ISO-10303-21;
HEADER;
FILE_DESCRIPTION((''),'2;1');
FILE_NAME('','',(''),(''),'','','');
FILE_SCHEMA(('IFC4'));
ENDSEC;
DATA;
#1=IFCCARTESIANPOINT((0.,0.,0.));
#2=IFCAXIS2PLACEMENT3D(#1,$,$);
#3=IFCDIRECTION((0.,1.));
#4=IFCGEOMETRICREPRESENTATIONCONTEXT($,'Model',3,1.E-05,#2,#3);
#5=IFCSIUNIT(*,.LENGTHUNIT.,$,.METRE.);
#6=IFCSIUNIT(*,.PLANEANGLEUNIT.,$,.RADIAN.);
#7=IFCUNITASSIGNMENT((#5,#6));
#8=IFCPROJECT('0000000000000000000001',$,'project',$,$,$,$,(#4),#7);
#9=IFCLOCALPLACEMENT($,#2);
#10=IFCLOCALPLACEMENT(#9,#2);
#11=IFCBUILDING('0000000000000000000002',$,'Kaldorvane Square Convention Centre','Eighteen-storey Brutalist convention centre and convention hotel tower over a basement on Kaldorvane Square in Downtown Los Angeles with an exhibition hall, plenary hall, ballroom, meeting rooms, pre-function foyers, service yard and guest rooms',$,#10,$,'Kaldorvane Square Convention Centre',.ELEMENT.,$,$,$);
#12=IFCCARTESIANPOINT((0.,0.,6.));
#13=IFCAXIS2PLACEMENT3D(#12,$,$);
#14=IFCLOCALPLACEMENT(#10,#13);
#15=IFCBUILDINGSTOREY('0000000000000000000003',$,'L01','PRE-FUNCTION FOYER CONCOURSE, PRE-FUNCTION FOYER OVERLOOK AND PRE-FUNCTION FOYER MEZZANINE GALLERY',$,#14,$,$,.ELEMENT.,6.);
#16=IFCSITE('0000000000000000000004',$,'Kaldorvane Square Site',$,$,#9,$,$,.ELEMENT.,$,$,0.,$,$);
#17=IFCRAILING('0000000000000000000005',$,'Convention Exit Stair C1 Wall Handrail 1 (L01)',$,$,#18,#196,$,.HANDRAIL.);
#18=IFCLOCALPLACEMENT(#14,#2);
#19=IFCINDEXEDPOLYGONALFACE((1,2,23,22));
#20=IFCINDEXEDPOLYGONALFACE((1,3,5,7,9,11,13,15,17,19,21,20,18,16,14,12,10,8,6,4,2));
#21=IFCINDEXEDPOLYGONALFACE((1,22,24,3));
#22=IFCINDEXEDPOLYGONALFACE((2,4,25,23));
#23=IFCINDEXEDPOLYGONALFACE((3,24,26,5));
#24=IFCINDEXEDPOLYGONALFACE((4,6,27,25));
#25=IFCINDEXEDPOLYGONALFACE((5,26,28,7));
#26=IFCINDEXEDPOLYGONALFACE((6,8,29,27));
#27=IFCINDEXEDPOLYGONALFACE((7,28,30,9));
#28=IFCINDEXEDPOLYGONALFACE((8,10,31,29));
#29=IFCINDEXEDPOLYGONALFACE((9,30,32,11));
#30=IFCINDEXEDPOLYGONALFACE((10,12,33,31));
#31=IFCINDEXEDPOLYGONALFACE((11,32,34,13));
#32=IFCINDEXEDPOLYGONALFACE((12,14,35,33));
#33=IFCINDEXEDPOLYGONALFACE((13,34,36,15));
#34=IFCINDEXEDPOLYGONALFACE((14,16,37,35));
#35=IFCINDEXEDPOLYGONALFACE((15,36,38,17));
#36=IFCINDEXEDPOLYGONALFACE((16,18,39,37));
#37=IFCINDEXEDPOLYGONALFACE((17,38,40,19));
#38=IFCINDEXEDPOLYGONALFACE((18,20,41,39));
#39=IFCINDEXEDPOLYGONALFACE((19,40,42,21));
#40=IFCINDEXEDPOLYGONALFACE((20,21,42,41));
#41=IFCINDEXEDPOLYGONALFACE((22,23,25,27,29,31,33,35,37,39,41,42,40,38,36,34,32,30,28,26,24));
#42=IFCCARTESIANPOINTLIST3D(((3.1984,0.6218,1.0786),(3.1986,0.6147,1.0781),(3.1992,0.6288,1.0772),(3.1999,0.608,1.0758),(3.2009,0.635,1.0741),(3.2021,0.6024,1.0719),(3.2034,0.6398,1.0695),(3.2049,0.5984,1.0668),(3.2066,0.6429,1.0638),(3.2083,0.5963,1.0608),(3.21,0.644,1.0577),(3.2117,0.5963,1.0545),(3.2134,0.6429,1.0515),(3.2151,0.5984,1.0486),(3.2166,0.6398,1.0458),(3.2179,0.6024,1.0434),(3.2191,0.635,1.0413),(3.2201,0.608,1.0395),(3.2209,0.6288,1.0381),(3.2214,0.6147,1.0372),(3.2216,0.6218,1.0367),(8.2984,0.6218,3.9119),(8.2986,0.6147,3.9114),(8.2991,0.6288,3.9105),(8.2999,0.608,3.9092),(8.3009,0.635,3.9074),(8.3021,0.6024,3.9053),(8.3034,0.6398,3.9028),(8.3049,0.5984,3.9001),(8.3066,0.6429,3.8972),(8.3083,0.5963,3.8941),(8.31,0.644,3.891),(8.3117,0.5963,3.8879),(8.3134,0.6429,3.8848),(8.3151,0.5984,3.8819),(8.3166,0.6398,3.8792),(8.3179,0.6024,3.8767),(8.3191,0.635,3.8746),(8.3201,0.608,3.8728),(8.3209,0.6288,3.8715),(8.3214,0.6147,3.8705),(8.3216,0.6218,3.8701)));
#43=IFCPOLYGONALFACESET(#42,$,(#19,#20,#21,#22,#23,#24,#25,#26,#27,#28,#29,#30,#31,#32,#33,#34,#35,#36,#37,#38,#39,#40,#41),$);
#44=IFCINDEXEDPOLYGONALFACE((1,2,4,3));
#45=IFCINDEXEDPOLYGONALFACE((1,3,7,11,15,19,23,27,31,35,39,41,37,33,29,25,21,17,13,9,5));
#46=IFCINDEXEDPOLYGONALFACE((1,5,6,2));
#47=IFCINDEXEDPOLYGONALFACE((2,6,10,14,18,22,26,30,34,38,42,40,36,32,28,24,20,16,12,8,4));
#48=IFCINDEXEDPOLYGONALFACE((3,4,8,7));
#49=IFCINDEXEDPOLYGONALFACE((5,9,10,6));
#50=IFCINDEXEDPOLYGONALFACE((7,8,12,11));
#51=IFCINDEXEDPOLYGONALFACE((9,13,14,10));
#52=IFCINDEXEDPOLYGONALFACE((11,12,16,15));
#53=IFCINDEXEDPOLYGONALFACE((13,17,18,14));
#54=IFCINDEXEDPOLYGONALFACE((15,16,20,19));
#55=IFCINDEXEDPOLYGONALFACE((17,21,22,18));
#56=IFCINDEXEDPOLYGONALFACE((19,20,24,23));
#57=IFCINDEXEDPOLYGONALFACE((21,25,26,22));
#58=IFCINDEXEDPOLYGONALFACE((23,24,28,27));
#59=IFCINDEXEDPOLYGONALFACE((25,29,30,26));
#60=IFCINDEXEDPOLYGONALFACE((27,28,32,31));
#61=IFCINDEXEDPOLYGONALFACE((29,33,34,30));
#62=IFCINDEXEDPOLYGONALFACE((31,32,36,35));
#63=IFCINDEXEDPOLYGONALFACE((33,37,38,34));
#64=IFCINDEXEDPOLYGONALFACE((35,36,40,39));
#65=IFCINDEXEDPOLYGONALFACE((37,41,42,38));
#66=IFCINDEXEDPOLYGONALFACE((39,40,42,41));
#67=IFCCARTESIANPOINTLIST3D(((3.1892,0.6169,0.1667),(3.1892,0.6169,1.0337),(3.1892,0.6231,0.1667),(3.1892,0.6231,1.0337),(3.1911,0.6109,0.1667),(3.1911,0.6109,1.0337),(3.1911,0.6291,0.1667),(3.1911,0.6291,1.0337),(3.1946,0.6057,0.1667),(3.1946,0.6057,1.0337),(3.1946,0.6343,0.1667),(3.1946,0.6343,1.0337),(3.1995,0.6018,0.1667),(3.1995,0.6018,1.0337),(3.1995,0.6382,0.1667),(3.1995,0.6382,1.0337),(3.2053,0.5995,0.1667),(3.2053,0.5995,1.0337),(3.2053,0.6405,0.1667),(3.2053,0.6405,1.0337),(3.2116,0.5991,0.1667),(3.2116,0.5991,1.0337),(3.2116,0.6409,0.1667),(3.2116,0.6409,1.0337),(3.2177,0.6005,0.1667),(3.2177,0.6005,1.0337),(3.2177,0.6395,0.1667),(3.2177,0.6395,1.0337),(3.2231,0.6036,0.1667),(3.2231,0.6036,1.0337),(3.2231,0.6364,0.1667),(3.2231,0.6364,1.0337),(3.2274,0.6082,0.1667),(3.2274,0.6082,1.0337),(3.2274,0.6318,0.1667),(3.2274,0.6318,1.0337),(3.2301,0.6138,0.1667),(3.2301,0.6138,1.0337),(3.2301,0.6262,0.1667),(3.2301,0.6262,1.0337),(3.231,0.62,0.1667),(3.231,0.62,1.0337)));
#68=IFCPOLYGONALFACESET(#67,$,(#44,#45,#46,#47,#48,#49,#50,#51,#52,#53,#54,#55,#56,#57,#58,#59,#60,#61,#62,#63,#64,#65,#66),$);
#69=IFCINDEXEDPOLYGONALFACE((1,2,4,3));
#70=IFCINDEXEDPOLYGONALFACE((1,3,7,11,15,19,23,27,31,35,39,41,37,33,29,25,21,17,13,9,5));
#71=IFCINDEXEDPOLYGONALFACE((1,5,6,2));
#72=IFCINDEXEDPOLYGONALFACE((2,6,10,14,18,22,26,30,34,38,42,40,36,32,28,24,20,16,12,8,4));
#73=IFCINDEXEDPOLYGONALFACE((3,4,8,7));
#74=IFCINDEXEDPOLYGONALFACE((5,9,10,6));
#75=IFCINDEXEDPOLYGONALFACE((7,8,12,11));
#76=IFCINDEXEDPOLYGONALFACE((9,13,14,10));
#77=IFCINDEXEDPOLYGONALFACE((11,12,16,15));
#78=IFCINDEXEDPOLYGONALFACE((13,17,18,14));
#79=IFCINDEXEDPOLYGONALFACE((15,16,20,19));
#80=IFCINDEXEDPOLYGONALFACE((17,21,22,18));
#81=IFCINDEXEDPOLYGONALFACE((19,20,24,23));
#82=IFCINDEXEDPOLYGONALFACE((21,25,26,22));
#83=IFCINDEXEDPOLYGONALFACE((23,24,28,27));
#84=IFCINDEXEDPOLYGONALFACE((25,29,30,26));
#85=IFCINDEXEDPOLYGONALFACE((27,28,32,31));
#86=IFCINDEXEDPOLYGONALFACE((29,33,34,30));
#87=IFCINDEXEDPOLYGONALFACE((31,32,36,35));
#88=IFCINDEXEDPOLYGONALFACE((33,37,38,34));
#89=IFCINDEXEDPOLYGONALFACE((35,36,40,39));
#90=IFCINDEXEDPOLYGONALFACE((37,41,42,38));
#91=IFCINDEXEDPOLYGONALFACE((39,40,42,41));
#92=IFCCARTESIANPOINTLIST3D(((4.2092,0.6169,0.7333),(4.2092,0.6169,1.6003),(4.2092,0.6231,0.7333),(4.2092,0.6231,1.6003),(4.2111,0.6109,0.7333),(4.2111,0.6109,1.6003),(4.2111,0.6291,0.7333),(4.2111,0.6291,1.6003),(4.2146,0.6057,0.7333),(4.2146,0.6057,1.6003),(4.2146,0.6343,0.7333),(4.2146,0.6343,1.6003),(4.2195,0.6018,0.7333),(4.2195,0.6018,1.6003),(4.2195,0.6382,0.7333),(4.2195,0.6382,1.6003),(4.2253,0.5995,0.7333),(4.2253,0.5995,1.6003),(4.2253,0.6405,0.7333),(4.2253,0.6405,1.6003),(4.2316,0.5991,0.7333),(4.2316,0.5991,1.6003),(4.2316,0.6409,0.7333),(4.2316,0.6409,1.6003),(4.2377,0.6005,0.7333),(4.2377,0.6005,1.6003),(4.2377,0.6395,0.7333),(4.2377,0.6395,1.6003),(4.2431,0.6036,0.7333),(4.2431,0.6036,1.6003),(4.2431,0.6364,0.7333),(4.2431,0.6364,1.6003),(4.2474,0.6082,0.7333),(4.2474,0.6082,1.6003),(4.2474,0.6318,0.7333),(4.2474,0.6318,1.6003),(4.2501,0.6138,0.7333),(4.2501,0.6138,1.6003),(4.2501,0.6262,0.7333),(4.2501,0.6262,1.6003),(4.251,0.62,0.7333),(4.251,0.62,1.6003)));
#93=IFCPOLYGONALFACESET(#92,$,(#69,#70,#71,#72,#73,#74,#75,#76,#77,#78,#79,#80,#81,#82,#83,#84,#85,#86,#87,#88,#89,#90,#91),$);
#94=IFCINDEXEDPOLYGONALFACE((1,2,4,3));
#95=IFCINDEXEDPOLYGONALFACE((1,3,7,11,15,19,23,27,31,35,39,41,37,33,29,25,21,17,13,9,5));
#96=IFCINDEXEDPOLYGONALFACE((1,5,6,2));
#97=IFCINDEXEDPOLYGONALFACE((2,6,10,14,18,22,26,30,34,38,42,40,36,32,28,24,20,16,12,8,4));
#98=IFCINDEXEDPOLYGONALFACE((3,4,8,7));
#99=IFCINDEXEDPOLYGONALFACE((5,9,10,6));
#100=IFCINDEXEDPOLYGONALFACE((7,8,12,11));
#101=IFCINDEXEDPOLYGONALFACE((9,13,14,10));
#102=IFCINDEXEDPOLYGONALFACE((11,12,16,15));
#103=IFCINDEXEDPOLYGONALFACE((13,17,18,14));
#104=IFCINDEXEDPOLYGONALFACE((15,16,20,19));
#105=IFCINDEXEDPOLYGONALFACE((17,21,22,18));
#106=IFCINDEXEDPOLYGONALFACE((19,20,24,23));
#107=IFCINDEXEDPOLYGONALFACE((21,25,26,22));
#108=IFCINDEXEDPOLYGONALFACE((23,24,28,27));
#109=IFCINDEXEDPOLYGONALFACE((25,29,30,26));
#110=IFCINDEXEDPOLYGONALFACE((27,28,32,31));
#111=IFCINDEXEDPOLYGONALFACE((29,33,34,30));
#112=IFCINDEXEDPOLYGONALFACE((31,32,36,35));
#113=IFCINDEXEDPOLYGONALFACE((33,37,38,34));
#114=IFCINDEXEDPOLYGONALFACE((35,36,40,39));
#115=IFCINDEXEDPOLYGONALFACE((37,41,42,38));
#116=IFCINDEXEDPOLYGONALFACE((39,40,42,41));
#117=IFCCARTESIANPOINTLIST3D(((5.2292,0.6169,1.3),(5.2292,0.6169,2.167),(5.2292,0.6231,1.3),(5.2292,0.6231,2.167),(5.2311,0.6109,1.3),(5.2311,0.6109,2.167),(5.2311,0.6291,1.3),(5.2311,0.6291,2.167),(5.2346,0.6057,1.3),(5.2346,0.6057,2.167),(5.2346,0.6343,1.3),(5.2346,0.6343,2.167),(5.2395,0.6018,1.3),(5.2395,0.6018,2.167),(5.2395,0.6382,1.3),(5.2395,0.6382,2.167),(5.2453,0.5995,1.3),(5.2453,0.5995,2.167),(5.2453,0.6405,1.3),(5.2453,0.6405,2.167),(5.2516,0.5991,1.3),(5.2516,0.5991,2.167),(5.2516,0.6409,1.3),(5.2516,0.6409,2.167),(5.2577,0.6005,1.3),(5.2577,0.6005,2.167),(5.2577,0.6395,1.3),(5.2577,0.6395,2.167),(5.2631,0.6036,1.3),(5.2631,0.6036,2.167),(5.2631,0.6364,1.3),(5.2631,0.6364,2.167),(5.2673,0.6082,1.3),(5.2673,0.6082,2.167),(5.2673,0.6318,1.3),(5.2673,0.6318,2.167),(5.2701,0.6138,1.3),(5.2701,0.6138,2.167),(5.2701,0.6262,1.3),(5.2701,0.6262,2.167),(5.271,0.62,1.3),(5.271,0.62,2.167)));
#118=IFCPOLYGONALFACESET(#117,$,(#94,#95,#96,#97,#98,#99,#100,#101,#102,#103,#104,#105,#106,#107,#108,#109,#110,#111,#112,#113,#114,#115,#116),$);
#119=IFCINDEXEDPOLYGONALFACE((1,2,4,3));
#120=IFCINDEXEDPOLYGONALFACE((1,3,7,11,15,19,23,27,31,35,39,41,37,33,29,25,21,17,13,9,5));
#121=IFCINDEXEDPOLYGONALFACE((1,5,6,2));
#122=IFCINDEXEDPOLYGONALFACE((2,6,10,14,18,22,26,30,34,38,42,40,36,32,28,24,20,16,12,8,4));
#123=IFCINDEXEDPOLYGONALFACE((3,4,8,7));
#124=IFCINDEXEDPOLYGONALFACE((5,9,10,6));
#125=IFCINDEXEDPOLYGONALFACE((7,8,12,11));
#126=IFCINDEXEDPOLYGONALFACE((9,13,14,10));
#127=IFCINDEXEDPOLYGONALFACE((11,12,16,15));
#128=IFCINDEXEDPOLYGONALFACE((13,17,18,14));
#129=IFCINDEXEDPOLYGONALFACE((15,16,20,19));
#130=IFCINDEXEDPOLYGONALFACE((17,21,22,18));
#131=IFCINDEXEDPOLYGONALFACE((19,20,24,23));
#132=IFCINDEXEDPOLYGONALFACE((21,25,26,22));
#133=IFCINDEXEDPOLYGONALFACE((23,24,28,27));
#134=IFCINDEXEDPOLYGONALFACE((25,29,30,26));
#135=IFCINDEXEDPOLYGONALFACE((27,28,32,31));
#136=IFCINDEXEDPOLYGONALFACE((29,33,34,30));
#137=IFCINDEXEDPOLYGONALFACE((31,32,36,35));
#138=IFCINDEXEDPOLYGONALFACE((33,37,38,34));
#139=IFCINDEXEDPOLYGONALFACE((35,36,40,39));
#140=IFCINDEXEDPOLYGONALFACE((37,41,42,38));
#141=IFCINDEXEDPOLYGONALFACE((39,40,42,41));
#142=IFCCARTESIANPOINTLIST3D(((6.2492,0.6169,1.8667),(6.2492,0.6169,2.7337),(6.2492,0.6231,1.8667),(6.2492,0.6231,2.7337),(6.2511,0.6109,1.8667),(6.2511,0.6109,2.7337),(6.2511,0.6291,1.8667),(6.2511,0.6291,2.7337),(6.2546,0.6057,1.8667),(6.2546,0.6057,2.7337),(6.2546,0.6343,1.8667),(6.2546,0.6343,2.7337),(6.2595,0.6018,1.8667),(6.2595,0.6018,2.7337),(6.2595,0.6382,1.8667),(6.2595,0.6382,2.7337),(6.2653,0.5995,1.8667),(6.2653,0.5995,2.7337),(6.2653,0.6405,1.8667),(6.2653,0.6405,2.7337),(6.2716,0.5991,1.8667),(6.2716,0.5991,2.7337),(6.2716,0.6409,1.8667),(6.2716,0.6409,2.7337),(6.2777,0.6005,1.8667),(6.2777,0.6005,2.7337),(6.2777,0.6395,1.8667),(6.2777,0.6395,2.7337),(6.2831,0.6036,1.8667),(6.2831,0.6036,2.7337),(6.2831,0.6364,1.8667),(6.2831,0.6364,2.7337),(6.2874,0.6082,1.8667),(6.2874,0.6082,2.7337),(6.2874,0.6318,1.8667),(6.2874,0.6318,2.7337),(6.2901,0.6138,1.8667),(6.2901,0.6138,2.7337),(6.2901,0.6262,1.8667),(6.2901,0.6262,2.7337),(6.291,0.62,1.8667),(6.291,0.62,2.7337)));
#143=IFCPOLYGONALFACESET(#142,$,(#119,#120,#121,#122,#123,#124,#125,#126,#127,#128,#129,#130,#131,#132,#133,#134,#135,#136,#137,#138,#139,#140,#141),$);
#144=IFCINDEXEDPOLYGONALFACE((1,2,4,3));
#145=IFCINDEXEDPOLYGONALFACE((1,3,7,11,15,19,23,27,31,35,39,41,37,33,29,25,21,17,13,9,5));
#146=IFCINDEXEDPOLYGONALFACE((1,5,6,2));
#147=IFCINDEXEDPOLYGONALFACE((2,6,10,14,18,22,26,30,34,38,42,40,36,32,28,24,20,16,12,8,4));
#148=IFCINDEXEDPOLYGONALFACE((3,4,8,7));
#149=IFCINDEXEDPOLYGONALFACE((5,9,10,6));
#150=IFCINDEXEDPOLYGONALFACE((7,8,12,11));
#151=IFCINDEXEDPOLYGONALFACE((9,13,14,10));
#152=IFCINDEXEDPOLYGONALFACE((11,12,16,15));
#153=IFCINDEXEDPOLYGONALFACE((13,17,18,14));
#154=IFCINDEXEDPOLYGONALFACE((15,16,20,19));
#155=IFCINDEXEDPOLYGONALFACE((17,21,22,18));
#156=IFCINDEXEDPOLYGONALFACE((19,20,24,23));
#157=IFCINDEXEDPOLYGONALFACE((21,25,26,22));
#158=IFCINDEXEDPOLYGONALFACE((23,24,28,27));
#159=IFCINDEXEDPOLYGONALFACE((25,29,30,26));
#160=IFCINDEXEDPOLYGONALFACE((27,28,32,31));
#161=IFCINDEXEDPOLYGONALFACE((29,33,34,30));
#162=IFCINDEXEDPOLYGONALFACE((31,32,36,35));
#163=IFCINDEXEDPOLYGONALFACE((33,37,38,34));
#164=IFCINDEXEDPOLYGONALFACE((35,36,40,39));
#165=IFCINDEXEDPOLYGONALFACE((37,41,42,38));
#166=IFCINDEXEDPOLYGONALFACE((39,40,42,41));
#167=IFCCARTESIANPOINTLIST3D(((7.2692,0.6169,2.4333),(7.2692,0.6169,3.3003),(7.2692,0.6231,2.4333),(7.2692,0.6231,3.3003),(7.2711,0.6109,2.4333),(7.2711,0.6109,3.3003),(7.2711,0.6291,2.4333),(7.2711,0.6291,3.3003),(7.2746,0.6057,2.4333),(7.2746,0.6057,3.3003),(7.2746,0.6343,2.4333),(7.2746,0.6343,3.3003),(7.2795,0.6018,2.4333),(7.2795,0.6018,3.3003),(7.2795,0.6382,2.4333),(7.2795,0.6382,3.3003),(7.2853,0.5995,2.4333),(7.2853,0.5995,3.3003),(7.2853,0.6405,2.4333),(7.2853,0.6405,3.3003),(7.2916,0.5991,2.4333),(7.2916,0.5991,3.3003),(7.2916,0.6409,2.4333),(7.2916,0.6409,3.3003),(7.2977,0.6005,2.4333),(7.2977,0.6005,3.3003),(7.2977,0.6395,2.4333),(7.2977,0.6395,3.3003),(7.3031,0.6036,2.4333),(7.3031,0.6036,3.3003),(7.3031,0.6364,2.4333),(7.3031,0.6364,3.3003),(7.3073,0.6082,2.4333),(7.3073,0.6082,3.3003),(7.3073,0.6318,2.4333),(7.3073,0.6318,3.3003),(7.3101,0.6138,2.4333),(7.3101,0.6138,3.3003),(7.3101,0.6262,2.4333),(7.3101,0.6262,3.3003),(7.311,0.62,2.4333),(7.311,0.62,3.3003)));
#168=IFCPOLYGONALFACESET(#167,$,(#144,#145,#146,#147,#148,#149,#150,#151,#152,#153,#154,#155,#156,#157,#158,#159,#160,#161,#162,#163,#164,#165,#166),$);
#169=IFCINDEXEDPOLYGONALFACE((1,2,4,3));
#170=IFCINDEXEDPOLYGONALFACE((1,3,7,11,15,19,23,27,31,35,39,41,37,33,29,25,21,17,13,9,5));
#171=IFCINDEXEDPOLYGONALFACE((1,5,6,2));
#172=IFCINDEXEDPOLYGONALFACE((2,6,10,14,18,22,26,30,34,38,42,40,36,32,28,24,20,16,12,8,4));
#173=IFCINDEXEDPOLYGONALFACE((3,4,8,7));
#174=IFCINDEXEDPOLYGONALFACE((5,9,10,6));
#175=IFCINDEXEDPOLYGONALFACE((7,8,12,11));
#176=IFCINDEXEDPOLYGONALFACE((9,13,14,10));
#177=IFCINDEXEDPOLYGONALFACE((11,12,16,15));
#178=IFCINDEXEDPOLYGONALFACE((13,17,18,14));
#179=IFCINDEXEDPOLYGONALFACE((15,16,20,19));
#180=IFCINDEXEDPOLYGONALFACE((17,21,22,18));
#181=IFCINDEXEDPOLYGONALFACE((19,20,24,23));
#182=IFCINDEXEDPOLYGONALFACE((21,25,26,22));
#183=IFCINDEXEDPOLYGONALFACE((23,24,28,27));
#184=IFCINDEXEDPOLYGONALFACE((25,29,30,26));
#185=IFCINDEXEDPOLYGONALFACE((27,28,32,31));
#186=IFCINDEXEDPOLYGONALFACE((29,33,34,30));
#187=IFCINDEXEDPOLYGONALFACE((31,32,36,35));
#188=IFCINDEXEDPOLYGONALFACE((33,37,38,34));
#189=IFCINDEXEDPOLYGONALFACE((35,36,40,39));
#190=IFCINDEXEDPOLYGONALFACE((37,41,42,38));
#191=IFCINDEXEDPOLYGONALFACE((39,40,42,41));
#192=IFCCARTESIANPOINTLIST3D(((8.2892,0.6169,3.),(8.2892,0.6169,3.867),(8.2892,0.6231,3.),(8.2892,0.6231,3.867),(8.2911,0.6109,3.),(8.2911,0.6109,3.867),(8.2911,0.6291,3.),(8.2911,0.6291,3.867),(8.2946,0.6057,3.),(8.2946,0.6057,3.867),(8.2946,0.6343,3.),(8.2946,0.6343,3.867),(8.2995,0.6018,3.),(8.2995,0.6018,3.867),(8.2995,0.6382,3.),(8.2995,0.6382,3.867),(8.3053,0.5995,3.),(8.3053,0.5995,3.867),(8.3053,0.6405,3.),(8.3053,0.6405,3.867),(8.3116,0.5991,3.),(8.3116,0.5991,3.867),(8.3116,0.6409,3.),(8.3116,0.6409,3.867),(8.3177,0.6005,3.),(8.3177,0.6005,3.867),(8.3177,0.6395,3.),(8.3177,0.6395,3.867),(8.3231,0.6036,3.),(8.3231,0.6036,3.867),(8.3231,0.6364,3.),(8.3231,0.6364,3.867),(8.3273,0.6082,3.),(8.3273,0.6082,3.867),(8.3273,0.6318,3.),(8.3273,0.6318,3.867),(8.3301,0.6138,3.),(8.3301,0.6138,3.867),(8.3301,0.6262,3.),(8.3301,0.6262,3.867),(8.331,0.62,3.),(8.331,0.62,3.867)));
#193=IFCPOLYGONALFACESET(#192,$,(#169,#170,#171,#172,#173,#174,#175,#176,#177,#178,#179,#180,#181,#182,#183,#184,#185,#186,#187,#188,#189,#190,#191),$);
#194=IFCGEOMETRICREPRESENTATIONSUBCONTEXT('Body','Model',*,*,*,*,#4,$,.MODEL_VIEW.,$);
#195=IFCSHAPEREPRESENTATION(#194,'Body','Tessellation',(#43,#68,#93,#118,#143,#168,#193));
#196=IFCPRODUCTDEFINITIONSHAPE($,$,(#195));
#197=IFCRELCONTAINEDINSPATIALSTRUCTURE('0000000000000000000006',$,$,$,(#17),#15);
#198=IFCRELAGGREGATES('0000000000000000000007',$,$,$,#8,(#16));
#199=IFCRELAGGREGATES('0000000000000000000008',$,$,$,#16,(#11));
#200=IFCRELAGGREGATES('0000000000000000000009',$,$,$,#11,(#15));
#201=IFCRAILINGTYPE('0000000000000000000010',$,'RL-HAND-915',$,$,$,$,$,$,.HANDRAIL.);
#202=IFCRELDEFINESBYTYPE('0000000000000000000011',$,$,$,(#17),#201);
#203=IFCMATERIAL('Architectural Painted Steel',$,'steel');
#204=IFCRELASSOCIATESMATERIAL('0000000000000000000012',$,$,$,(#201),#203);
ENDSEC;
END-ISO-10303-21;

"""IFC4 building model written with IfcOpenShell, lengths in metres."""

from ifc_helpers import new_model, si_unit, direction, frame, origin, origin_2d, place, context, subcontext, project, spatial, circle, extrude, material, type_object, element, save


model = new_model("IFC4")

# Units and contexts
model_context = context("Model", 3, precision=1e-05, world=origin(), true_north=direction((0.0, 1.0)))
body_context = subcontext(model_context, "Body", "Model", "MODEL_VIEW")
ifc_project = project(units=[si_unit("LENGTHUNIT", "METRE"), si_unit("PLANEANGLEUNIT", "RADIAN")], contexts=[model_context])

# Site, building, storey
site_placement = place(None, origin())
site = spatial("IfcSite", under=ifc_project, at=site_placement, Name="Kaldorvane Square Site", CompositionType="ELEMENT", RefElevation=0.0)
building_placement = place(site_placement, origin())
building = spatial("IfcBuilding", under=site, at=building_placement, Name="Kaldorvane Square Convention Centre", Description="Eighteen-storey Brutalist convention centre and convention hotel tower over a basement on Kaldorvane Square in Downtown Los Angeles with an exhibition hall, plenary hall, ballroom, meeting rooms, pre-function foyers, service yard and guest rooms", LongName="Kaldorvane Square Convention Centre", CompositionType="ELEMENT")
storey_placement = place(building_placement, frame((0.0, 0.0, 6.0)))
storey = spatial("IfcBuildingStorey", under=building, at=storey_placement, Name="L01", Description="PRE-FUNCTION FOYER CONCOURSE, PRE-FUNCTION FOYER OVERLOOK AND PRE-FUNCTION FOYER MEZZANINE GALLERY", CompositionType="ELEMENT", Elevation=6.0)

# Railing
ifc_material_1 = material(Name="Architectural Painted Steel", Category="steel")
railing_type = type_object("IfcRailingType", Name="RL-HAND-915", PredefinedType="HANDRAIL", material=ifc_material_1)
railing_placement = place(storey_placement, frame((3.21, 0.62, 0.1667)))
element("IfcRailing", 1, at=railing_placement, inside=storey, type_object=railing_type, Name="Convention Exit Stair C1 Wall Handrail 1 (L01)", PredefinedType="HANDRAIL", context=body_context, shape_type="SweptSolid", body=[
    extrude(circle(Radius=0.024, at=origin_2d()), frame((0.0, 0.0, 0.891), z_axis=(0.874157, 0.0, 0.485643), x_axis=(0.0, 1.0, 0.0)), (0.0, 0.0, 1.0), 5.8342),
    extrude(circle(Radius=0.021, at=origin_2d()), origin(), (0.0, 0.0, 1.0), 0.867),
    extrude(circle(Radius=0.021, at=origin_2d()), frame((1.02, 0.0, 0.5667)), (0.0, 0.0, 1.0), 0.867),
    extrude(circle(Radius=0.021, at=origin_2d()), frame((2.04, 0.0, 1.1333)), (0.0, 0.0, 1.0), 0.867),
    extrude(circle(Radius=0.021, at=origin_2d()), frame((3.06, 0.0, 1.7)), (0.0, 0.0, 1.0), 0.867),
    extrude(circle(Radius=0.021, at=origin_2d()), frame((4.08, 0.0, 2.2667)), (0.0, 0.0, 1.0), 0.867),
    extrude(circle(Radius=0.021, at=origin_2d()), frame((5.1, 0.0, 2.8333)), (0.0, 0.0, 1.0), 0.867),
])

save(model, "model.ifc")
